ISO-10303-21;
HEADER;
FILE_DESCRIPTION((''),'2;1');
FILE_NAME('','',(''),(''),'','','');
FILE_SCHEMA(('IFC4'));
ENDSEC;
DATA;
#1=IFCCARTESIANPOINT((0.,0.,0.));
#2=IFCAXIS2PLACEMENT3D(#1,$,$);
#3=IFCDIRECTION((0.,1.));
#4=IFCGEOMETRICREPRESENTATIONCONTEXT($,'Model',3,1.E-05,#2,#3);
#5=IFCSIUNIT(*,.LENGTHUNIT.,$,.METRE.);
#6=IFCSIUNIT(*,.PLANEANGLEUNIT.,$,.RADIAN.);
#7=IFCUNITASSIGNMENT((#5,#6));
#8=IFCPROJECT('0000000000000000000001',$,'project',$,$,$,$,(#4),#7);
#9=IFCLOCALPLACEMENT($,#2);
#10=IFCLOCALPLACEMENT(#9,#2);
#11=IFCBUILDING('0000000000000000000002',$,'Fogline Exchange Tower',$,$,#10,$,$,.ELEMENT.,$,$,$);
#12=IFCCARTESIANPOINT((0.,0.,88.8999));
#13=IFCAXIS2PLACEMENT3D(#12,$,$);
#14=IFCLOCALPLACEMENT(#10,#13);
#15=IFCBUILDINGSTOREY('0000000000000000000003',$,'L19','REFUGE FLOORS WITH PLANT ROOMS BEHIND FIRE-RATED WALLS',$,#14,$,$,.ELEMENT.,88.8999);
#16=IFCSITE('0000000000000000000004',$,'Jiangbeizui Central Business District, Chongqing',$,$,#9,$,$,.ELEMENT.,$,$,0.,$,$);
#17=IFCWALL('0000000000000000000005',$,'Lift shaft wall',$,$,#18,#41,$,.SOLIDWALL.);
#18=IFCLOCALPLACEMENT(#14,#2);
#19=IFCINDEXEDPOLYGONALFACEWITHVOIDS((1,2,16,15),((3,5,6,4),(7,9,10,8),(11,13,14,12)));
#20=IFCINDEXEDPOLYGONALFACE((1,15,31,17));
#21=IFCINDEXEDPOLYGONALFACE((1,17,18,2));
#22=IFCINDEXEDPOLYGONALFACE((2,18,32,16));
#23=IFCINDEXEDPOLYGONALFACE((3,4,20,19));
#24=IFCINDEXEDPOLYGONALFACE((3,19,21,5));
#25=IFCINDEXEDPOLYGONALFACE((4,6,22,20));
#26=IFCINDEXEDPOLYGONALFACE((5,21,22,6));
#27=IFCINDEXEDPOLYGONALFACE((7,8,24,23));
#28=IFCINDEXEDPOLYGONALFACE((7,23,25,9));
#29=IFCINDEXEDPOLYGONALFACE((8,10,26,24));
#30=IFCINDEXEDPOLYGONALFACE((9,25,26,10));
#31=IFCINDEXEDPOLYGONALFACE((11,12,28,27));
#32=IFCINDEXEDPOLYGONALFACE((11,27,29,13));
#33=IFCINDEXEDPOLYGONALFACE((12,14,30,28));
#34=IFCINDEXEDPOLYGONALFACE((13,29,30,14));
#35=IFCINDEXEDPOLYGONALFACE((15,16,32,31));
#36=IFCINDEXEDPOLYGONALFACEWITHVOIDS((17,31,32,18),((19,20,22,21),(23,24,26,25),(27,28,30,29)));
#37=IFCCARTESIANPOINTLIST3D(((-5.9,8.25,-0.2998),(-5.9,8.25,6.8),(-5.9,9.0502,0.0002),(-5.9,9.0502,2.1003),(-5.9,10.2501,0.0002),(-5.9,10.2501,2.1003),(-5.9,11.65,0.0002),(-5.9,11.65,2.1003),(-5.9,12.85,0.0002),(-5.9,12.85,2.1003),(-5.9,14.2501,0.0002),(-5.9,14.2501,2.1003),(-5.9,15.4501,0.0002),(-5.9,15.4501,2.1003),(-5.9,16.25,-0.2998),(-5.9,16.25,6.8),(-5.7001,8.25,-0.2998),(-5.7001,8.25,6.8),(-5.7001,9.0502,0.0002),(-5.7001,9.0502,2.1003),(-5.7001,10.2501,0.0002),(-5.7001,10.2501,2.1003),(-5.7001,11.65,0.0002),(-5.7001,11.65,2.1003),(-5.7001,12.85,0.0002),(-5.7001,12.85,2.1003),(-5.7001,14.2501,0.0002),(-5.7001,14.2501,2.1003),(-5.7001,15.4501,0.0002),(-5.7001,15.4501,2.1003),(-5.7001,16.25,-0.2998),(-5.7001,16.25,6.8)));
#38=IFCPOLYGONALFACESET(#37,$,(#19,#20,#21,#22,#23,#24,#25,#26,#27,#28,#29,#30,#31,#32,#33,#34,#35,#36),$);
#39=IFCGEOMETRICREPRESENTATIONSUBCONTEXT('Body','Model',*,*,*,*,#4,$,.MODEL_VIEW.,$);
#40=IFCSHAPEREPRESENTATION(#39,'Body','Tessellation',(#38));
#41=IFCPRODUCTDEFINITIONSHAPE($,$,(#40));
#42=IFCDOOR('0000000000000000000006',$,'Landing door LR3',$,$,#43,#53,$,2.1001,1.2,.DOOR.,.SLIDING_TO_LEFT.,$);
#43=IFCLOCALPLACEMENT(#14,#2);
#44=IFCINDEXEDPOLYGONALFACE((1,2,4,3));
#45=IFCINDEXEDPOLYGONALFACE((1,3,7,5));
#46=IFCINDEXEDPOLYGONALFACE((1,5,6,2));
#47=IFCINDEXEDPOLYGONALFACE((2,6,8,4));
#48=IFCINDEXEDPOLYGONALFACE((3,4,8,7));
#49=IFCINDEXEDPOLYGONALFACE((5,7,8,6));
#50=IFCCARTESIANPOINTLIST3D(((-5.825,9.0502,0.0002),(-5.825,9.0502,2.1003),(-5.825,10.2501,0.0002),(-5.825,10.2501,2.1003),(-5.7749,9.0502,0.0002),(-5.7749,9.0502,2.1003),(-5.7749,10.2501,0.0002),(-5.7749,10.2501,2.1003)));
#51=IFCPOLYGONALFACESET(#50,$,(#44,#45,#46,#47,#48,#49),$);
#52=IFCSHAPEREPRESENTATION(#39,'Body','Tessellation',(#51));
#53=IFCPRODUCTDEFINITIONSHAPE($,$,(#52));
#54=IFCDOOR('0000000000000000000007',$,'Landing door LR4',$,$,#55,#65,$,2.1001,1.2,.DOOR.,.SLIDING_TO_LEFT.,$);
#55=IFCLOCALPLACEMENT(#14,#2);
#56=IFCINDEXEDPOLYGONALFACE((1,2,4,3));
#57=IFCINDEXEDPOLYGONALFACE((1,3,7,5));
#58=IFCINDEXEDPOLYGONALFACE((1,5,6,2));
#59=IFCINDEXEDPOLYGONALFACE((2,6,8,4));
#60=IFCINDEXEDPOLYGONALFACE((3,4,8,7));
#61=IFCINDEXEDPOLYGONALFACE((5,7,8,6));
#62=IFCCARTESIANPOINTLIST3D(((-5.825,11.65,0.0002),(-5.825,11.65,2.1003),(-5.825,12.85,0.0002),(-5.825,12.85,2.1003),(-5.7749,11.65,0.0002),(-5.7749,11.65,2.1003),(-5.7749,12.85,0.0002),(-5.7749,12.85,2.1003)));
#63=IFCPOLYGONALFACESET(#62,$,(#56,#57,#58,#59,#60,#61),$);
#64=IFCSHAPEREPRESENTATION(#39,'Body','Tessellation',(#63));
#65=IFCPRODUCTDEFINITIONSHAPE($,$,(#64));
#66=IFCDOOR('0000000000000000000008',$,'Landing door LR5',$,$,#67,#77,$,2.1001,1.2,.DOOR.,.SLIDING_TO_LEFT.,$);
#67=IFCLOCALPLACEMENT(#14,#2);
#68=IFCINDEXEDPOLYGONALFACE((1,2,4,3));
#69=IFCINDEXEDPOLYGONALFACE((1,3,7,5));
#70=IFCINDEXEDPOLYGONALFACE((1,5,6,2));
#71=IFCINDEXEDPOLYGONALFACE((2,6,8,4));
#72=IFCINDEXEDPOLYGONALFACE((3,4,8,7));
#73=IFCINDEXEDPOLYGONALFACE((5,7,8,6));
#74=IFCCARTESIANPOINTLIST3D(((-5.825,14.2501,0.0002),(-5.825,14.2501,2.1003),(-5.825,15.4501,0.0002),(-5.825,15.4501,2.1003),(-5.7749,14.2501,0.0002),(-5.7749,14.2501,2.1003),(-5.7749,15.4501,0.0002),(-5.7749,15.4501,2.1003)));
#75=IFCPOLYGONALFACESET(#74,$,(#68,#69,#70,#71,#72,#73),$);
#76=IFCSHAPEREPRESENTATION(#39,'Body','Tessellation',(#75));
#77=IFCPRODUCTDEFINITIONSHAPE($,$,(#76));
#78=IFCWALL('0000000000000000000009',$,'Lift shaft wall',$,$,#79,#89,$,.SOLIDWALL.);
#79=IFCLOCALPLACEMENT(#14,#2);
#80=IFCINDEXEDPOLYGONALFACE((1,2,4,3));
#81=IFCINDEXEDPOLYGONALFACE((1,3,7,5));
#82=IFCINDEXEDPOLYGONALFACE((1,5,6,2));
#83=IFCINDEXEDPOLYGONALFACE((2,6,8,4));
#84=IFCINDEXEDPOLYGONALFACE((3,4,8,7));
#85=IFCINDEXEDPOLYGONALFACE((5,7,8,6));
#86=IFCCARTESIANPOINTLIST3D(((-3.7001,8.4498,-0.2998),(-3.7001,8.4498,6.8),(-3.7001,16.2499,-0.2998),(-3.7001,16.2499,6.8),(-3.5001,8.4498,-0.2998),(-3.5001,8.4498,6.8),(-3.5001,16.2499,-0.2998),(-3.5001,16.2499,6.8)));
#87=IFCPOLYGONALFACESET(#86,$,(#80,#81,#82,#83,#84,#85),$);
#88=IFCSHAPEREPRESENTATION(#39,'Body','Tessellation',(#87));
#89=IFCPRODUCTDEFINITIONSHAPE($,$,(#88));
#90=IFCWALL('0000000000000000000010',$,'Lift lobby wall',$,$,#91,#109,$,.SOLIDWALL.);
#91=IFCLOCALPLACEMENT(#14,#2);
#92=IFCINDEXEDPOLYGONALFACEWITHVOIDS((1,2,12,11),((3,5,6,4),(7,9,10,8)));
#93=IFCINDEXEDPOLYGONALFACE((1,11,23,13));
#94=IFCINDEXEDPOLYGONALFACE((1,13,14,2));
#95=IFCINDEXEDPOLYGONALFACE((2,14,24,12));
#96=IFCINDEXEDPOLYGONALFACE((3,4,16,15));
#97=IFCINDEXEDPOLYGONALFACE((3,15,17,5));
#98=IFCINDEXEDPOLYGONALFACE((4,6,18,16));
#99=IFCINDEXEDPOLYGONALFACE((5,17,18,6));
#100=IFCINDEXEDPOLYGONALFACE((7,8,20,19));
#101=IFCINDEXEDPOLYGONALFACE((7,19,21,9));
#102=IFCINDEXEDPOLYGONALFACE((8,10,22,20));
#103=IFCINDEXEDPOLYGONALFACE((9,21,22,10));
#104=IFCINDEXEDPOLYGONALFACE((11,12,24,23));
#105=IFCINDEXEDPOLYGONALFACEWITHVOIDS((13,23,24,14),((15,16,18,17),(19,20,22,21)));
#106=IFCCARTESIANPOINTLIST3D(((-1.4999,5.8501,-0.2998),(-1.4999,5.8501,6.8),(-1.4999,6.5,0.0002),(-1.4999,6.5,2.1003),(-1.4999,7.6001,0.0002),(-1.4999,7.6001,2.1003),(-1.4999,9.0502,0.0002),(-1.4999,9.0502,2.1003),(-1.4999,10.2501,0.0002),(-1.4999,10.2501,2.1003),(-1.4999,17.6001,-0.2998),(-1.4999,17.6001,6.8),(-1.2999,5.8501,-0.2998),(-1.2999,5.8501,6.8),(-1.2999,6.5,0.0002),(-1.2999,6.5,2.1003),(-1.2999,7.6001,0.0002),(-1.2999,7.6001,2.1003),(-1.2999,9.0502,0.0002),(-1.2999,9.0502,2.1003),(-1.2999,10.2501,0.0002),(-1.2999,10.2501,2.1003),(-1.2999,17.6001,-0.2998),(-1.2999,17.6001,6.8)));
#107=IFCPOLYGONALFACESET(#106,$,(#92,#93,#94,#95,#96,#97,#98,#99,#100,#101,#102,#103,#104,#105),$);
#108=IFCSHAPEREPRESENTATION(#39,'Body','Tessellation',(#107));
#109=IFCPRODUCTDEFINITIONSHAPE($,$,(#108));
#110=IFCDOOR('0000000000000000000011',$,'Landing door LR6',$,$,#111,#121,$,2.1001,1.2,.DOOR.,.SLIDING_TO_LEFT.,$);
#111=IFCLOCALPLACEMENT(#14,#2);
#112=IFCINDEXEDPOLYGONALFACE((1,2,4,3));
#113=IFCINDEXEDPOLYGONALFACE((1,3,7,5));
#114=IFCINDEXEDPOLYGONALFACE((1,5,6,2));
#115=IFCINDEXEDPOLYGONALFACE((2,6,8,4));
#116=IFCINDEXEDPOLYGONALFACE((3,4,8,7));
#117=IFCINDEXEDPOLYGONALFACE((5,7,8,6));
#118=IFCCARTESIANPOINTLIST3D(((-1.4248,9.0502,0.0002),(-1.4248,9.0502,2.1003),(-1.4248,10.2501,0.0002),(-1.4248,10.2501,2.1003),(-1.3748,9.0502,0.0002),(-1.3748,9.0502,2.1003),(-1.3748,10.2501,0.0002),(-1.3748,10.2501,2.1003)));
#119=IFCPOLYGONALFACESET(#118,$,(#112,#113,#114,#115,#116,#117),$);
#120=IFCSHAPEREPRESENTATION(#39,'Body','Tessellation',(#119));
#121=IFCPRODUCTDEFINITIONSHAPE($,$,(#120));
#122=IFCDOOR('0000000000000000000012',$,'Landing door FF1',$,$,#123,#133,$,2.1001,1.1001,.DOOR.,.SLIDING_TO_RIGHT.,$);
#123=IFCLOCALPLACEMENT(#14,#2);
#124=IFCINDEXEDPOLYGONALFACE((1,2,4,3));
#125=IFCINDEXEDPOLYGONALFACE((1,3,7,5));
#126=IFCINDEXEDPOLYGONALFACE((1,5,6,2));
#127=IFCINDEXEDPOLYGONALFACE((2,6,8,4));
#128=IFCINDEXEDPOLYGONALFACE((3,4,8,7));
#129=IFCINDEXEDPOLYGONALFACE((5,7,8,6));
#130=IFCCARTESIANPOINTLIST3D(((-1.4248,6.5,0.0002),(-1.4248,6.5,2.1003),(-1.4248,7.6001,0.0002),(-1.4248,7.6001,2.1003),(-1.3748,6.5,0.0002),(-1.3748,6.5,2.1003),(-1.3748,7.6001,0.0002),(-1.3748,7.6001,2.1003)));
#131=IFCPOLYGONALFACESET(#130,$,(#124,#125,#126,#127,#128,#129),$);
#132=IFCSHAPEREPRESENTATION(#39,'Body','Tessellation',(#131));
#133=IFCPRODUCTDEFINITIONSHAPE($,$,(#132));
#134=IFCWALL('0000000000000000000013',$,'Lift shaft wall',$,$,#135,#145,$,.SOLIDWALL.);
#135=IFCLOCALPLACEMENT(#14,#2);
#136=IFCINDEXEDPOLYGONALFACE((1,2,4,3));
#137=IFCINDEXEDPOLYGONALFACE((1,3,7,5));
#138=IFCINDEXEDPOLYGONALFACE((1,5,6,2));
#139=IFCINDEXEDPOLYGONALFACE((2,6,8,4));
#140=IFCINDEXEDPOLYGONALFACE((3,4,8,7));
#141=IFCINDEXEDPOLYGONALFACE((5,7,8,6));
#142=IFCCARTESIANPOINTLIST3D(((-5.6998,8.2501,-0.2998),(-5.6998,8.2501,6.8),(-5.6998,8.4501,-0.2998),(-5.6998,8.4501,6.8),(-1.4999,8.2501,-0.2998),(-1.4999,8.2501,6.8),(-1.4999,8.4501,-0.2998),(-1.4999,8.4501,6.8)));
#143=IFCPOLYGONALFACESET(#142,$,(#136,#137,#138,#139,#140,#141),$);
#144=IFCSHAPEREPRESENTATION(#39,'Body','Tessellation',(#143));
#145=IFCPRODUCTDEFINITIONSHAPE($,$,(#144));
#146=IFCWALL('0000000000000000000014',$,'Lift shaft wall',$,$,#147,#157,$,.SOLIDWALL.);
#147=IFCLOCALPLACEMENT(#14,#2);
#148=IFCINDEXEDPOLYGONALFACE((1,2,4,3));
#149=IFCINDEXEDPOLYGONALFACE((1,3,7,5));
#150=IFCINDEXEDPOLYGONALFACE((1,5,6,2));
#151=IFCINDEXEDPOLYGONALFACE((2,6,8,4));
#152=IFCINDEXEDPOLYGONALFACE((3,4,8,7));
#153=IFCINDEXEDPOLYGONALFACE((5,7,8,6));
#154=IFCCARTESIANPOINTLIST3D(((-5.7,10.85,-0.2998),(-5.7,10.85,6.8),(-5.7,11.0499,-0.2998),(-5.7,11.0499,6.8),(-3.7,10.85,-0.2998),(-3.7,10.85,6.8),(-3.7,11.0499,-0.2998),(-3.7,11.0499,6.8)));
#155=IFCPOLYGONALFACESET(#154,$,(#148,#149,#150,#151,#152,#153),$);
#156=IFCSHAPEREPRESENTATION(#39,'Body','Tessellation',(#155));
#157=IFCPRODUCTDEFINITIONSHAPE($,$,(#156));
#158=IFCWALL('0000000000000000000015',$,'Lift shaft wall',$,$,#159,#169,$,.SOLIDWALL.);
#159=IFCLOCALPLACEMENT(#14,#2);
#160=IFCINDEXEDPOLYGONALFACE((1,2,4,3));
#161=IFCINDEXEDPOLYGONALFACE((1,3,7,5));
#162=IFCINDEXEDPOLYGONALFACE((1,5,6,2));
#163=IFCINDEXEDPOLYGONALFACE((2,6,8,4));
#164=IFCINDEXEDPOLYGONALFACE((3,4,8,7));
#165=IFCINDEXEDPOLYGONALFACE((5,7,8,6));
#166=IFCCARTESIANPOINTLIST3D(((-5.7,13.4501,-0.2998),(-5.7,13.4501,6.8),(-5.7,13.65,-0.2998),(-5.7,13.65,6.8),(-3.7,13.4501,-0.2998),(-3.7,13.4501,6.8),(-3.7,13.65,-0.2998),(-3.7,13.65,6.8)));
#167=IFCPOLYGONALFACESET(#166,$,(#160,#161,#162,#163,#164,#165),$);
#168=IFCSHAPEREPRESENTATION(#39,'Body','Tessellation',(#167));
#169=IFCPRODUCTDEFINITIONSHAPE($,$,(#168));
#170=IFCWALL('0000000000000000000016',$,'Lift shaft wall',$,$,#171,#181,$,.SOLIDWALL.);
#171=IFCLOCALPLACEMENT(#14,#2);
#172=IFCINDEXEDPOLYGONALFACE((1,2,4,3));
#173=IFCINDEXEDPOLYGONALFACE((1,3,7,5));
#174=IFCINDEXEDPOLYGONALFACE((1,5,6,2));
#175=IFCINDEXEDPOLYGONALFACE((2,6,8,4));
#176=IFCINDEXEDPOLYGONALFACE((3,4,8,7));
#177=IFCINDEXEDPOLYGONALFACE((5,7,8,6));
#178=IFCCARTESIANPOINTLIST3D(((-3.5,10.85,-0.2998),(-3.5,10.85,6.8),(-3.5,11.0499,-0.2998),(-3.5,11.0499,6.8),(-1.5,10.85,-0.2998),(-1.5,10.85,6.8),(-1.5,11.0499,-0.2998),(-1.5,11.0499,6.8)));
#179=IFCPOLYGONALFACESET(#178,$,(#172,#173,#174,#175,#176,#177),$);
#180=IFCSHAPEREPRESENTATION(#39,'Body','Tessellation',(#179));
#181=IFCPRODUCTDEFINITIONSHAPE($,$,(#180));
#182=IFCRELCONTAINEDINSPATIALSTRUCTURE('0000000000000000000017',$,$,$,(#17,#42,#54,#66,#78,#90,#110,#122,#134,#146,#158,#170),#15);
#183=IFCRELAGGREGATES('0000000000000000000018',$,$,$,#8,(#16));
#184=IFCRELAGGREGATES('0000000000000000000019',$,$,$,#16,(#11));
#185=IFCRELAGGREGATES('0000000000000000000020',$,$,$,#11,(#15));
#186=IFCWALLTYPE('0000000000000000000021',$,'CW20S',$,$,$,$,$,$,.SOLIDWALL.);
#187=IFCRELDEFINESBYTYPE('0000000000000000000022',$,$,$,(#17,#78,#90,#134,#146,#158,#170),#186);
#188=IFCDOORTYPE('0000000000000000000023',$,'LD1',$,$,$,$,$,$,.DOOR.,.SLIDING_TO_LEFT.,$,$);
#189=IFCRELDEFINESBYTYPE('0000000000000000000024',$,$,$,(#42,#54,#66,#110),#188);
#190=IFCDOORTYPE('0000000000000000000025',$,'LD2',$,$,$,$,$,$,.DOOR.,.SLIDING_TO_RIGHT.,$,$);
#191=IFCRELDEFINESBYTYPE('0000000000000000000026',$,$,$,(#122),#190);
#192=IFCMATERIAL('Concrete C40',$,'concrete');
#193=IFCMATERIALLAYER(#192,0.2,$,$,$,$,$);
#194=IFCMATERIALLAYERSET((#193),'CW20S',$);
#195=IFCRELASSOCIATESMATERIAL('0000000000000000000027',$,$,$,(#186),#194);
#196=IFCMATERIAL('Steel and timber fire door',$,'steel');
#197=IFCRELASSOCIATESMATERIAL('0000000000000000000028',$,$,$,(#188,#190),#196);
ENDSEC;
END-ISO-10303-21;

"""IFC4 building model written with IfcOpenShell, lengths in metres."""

from ifc_helpers import new_model, si_unit, direction, frame, frame_2d, origin, place, context, subcontext, project, spatial, rectangle, extrude, material, layer, layer_set, type_object, element, fill, save


model = new_model("IFC4")

# Units and contexts
model_context = context("Model", 3, precision=1e-05, world=origin(), true_north=direction((0.0, 1.0)))
body_context = subcontext(model_context, "Body", "Model", "MODEL_VIEW")
ifc_project = project(units=[si_unit("LENGTHUNIT", "METRE"), si_unit("PLANEANGLEUNIT", "RADIAN")], contexts=[model_context])

# Site, building, storey
site_placement = place(None, origin())
site = spatial("IfcSite", under=ifc_project, at=site_placement, Name="Jiangbeizui Central Business District, Chongqing", CompositionType="ELEMENT", RefElevation=0.0)
building_placement = place(site_placement, origin())
building = spatial("IfcBuilding", under=site, at=building_placement, Name="Fogline Exchange Tower", CompositionType="ELEMENT")
storey_placement = place(building_placement, frame((0.0, 0.0, 88.8999)))
storey = spatial("IfcBuildingStorey", under=building, at=storey_placement, Name="L19", Description="REFUGE FLOORS WITH PLANT ROOMS BEHIND FIRE-RATED WALLS", CompositionType="ELEMENT", Elevation=88.8999)

# Shared definitions
ifc_material_1 = material(Name="Concrete C40", Category="concrete")

# Shared definitions
ifc_material_2 = material(Name="Steel and timber fire door", Category="steel")

# Wall, openings, doors
ifc_layer_1 = layer(ifc_material_1, 0.2)
ifc_layer_set_1 = layer_set([ifc_layer_1], Name="CW20S")
wall_type_1 = type_object("IfcWallType", Name="CW20S", PredefinedType="SOLIDWALL", material=ifc_layer_set_1)
wall_1_placement = place(storey_placement, frame((-5.8, 8.25, -0.2998), z_axis=(0.0, 0.0, 1.0), x_axis=(0.0, 1.0, 0.0)))
wall_1 = element("IfcWall", 1, at=wall_1_placement, inside=storey, type_object=wall_type_1, Name="Lift shaft wall", PredefinedType="SOLIDWALL", context=body_context, shape_type="SweptSolid", body=[
    extrude(rectangle(XDim=8.0, YDim=0.2, at=frame_2d((4.0, 0.0))), origin(), (0.0, 0.0, 1.0), 7.0999),
])
opening_1_placement = place(wall_1_placement, frame((0.8, 0.0, 0.3)))
opening_1 = element("IfcOpeningElement", 2, at=opening_1_placement, cuts=wall_1, PredefinedType="OPENING", context=body_context, shape_type="SweptSolid", body=[
    extrude(rectangle(XDim=1.2, YDim=2.1001, at=frame_2d((0.6001, 1.05))), frame((0.0, 0.1099, 0.0), z_axis=(0.0, -1.0, 0.0), x_axis=(1.0, 0.0, 0.0)), (0.0, 0.0, 1.0), 0.22),
])
opening_2_placement = place(wall_1_placement, frame((3.3999, 0.0, 0.3)))
opening_2 = element("IfcOpeningElement", 3, at=opening_2_placement, cuts=wall_1, PredefinedType="OPENING", context=body_context, shape_type="SweptSolid", body=[
    extrude(rectangle(XDim=1.2, YDim=2.1001, at=frame_2d((0.6001, 1.05))), frame((0.0, 0.1099, 0.0), z_axis=(0.0, -1.0, 0.0), x_axis=(1.0, 0.0, 0.0)), (0.0, 0.0, 1.0), 0.22),
])
opening_3_placement = place(wall_1_placement, frame((6.0, 0.0, 0.3)))
opening_3 = element("IfcOpeningElement", 4, at=opening_3_placement, cuts=wall_1, PredefinedType="OPENING", context=body_context, shape_type="SweptSolid", body=[
    extrude(rectangle(XDim=1.2, YDim=2.1001, at=frame_2d((0.6001, 1.05))), frame((0.0, 0.1099, 0.0), z_axis=(0.0, -1.0, 0.0), x_axis=(1.0, 0.0, 0.0)), (0.0, 0.0, 1.0), 0.22),
])
door_type_1 = type_object("IfcDoorType", Name="LD1", OperationType="SLIDING_TO_LEFT", PredefinedType="DOOR", material=ifc_material_2)
door_1_placement = place(opening_1_placement, origin())
door_1 = element("IfcDoor", 5, at=door_1_placement, inside=storey, type_object=door_type_1, Name="Landing door LR3", OperationType="SLIDING_TO_LEFT", OverallHeight=2.1001, OverallWidth=1.2, PredefinedType="DOOR", context=body_context, shape_type="SweptSolid", body=[
    extrude(rectangle(XDim=1.2, YDim=2.1001, at=frame_2d((0.6001, 1.05))), frame((0.0, 0.0249, 0.0), z_axis=(0.0, -1.0, 0.0), x_axis=(1.0, 0.0, 0.0)), (0.0, 0.0, 1.0), 0.05),
])
fill(opening_1, door_1)
door_2_placement = place(opening_2_placement, origin())
door_2 = element("IfcDoor", 6, at=door_2_placement, inside=storey, type_object=door_type_1, Name="Landing door LR4", OperationType="SLIDING_TO_LEFT", OverallHeight=2.1001, OverallWidth=1.2, PredefinedType="DOOR", context=body_context, shape_type="SweptSolid", body=[
    extrude(rectangle(XDim=1.2, YDim=2.1001, at=frame_2d((0.6001, 1.05))), frame((0.0, 0.0249, 0.0), z_axis=(0.0, -1.0, 0.0), x_axis=(1.0, 0.0, 0.0)), (0.0, 0.0, 1.0), 0.05),
])
fill(opening_2, door_2)
door_3_placement = place(opening_3_placement, origin())
door_3 = element("IfcDoor", 7, at=door_3_placement, inside=storey, type_object=door_type_1, Name="Landing door LR5", OperationType="SLIDING_TO_LEFT", OverallHeight=2.1001, OverallWidth=1.2, PredefinedType="DOOR", context=body_context, shape_type="SweptSolid", body=[
    extrude(rectangle(XDim=1.2, YDim=2.1001, at=frame_2d((0.6001, 1.05))), frame((0.0, 0.0249, 0.0), z_axis=(0.0, -1.0, 0.0), x_axis=(1.0, 0.0, 0.0)), (0.0, 0.0, 1.0), 0.05),
])
fill(opening_3, door_3)

# Wall
wall_2_placement = place(storey_placement, frame((-3.6001, 8.45, -0.2998), z_axis=(0.0, 0.0, 1.0), x_axis=(0.0, 1.0, 0.0)))
element("IfcWall", 8, at=wall_2_placement, inside=storey, type_object=wall_type_1, Name="Lift shaft wall", PredefinedType="SOLIDWALL", context=body_context, shape_type="SweptSolid", body=[
    extrude(rectangle(XDim=7.8, YDim=0.2, at=frame_2d((3.8999, 0.0))), origin(), (0.0, 0.0, 1.0), 7.0999),
])

# Wall, openings, doors
wall_3_placement = place(storey_placement, frame((-1.3999, 5.8501, -0.2998), z_axis=(0.0, 0.0, 1.0), x_axis=(0.0, 1.0, 0.0)))
wall_3 = element("IfcWall", 9, at=wall_3_placement, inside=storey, type_object=wall_type_1, Name="Lift lobby wall", PredefinedType="SOLIDWALL", context=body_context, shape_type="SweptSolid", body=[
    extrude(rectangle(XDim=11.75, YDim=0.2, at=frame_2d((5.875, 0.0))), origin(), (0.0, 0.0, 1.0), 7.0999),
])
opening_4_placement = place(wall_3_placement, frame((3.2, 0.0, 0.3)))
opening_4 = element("IfcOpeningElement", 10, at=opening_4_placement, cuts=wall_3, PredefinedType="OPENING", context=body_context, shape_type="SweptSolid", body=[
    extrude(rectangle(XDim=1.2, YDim=2.1001, at=frame_2d((0.6001, 1.05))), frame((0.0, 0.1099, 0.0), z_axis=(0.0, -1.0, 0.0), x_axis=(1.0, 0.0, 0.0)), (0.0, 0.0, 1.0), 0.22),
])
opening_5_placement = place(wall_3_placement, frame((0.6499, 0.0, 0.3)))
opening_5 = element("IfcOpeningElement", 11, at=opening_5_placement, cuts=wall_3, PredefinedType="OPENING", context=body_context, shape_type="SweptSolid", body=[
    extrude(rectangle(XDim=1.1001, YDim=2.1001, at=frame_2d((0.55, 1.05))), frame((0.0, 0.1099, 0.0), z_axis=(0.0, -1.0, 0.0), x_axis=(1.0, 0.0, 0.0)), (0.0, 0.0, 1.0), 0.22),
])
door_4_placement = place(opening_4_placement, origin())
door_4 = element("IfcDoor", 12, at=door_4_placement, inside=storey, type_object=door_type_1, Name="Landing door LR6", OperationType="SLIDING_TO_LEFT", OverallHeight=2.1001, OverallWidth=1.2, PredefinedType="DOOR", context=body_context, shape_type="SweptSolid", body=[
    extrude(rectangle(XDim=1.2, YDim=2.1001, at=frame_2d((0.6001, 1.05))), frame((0.0, 0.0249, 0.0), z_axis=(0.0, -1.0, 0.0), x_axis=(1.0, 0.0, 0.0)), (0.0, 0.0, 1.0), 0.05),
])
fill(opening_4, door_4)
door_type_2 = type_object("IfcDoorType", Name="LD2", OperationType="SLIDING_TO_RIGHT", PredefinedType="DOOR", material=ifc_material_2)
door_5_placement = place(opening_5_placement, origin())
door_5 = element("IfcDoor", 13, at=door_5_placement, inside=storey, type_object=door_type_2, Name="Landing door FF1", OperationType="SLIDING_TO_RIGHT", OverallHeight=2.1001, OverallWidth=1.1001, PredefinedType="DOOR", context=body_context, shape_type="SweptSolid", body=[
    extrude(rectangle(XDim=1.1001, YDim=2.1001, at=frame_2d((0.55, 1.05))), frame((0.0, 0.0249, 0.0), z_axis=(0.0, -1.0, 0.0), x_axis=(1.0, 0.0, 0.0)), (0.0, 0.0, 1.0), 0.05),
])
fill(opening_5, door_5)

# Walls
wall_4_placement = place(storey_placement, frame((-5.7, 8.3501, -0.2998), z_axis=(0.0, 0.0, 1.0), x_axis=(1.0, 0.0, 0.0)))
element("IfcWall", 14, at=wall_4_placement, inside=storey, type_object=wall_type_1, Name="Lift shaft wall", PredefinedType="SOLIDWALL", context=body_context, shape_type="SweptSolid", body=[
    extrude(rectangle(XDim=4.2, YDim=0.2, at=frame_2d((2.1001, 0.0))), origin(), (0.0, 0.0, 1.0), 7.0999),
])
for number, where, z_axis, x_axis, name in (
    (15, (-5.7, 10.95, -0.2998), (0.0, 0.0, 1.0), (1.0, 0.0, 0.0), "Lift shaft wall"),
    (16, (-5.7, 13.55, -0.2998), (0.0, 0.0, 1.0), (1.0, 0.0, 0.0), "Lift shaft wall"),
    (17, (-3.5, 10.95, -0.2998), (0.0, 0.0, 1.0), (1.0, 0.0, 0.0), "Lift shaft wall"),
):
    element("IfcWall", number, at=place(storey_placement, frame(where, z_axis=z_axis, x_axis=x_axis)), inside=storey, type_object=wall_type_1, Name=name, PredefinedType="SOLIDWALL", context=body_context, shape_type="SweptSolid", body=[
        extrude(rectangle(XDim=2.0, YDim=0.2, at=frame_2d((1.0, 0.0))), origin(), (0.0, 0.0, 1.0), 7.0999),
    ])

save(model, "model.ifc")
